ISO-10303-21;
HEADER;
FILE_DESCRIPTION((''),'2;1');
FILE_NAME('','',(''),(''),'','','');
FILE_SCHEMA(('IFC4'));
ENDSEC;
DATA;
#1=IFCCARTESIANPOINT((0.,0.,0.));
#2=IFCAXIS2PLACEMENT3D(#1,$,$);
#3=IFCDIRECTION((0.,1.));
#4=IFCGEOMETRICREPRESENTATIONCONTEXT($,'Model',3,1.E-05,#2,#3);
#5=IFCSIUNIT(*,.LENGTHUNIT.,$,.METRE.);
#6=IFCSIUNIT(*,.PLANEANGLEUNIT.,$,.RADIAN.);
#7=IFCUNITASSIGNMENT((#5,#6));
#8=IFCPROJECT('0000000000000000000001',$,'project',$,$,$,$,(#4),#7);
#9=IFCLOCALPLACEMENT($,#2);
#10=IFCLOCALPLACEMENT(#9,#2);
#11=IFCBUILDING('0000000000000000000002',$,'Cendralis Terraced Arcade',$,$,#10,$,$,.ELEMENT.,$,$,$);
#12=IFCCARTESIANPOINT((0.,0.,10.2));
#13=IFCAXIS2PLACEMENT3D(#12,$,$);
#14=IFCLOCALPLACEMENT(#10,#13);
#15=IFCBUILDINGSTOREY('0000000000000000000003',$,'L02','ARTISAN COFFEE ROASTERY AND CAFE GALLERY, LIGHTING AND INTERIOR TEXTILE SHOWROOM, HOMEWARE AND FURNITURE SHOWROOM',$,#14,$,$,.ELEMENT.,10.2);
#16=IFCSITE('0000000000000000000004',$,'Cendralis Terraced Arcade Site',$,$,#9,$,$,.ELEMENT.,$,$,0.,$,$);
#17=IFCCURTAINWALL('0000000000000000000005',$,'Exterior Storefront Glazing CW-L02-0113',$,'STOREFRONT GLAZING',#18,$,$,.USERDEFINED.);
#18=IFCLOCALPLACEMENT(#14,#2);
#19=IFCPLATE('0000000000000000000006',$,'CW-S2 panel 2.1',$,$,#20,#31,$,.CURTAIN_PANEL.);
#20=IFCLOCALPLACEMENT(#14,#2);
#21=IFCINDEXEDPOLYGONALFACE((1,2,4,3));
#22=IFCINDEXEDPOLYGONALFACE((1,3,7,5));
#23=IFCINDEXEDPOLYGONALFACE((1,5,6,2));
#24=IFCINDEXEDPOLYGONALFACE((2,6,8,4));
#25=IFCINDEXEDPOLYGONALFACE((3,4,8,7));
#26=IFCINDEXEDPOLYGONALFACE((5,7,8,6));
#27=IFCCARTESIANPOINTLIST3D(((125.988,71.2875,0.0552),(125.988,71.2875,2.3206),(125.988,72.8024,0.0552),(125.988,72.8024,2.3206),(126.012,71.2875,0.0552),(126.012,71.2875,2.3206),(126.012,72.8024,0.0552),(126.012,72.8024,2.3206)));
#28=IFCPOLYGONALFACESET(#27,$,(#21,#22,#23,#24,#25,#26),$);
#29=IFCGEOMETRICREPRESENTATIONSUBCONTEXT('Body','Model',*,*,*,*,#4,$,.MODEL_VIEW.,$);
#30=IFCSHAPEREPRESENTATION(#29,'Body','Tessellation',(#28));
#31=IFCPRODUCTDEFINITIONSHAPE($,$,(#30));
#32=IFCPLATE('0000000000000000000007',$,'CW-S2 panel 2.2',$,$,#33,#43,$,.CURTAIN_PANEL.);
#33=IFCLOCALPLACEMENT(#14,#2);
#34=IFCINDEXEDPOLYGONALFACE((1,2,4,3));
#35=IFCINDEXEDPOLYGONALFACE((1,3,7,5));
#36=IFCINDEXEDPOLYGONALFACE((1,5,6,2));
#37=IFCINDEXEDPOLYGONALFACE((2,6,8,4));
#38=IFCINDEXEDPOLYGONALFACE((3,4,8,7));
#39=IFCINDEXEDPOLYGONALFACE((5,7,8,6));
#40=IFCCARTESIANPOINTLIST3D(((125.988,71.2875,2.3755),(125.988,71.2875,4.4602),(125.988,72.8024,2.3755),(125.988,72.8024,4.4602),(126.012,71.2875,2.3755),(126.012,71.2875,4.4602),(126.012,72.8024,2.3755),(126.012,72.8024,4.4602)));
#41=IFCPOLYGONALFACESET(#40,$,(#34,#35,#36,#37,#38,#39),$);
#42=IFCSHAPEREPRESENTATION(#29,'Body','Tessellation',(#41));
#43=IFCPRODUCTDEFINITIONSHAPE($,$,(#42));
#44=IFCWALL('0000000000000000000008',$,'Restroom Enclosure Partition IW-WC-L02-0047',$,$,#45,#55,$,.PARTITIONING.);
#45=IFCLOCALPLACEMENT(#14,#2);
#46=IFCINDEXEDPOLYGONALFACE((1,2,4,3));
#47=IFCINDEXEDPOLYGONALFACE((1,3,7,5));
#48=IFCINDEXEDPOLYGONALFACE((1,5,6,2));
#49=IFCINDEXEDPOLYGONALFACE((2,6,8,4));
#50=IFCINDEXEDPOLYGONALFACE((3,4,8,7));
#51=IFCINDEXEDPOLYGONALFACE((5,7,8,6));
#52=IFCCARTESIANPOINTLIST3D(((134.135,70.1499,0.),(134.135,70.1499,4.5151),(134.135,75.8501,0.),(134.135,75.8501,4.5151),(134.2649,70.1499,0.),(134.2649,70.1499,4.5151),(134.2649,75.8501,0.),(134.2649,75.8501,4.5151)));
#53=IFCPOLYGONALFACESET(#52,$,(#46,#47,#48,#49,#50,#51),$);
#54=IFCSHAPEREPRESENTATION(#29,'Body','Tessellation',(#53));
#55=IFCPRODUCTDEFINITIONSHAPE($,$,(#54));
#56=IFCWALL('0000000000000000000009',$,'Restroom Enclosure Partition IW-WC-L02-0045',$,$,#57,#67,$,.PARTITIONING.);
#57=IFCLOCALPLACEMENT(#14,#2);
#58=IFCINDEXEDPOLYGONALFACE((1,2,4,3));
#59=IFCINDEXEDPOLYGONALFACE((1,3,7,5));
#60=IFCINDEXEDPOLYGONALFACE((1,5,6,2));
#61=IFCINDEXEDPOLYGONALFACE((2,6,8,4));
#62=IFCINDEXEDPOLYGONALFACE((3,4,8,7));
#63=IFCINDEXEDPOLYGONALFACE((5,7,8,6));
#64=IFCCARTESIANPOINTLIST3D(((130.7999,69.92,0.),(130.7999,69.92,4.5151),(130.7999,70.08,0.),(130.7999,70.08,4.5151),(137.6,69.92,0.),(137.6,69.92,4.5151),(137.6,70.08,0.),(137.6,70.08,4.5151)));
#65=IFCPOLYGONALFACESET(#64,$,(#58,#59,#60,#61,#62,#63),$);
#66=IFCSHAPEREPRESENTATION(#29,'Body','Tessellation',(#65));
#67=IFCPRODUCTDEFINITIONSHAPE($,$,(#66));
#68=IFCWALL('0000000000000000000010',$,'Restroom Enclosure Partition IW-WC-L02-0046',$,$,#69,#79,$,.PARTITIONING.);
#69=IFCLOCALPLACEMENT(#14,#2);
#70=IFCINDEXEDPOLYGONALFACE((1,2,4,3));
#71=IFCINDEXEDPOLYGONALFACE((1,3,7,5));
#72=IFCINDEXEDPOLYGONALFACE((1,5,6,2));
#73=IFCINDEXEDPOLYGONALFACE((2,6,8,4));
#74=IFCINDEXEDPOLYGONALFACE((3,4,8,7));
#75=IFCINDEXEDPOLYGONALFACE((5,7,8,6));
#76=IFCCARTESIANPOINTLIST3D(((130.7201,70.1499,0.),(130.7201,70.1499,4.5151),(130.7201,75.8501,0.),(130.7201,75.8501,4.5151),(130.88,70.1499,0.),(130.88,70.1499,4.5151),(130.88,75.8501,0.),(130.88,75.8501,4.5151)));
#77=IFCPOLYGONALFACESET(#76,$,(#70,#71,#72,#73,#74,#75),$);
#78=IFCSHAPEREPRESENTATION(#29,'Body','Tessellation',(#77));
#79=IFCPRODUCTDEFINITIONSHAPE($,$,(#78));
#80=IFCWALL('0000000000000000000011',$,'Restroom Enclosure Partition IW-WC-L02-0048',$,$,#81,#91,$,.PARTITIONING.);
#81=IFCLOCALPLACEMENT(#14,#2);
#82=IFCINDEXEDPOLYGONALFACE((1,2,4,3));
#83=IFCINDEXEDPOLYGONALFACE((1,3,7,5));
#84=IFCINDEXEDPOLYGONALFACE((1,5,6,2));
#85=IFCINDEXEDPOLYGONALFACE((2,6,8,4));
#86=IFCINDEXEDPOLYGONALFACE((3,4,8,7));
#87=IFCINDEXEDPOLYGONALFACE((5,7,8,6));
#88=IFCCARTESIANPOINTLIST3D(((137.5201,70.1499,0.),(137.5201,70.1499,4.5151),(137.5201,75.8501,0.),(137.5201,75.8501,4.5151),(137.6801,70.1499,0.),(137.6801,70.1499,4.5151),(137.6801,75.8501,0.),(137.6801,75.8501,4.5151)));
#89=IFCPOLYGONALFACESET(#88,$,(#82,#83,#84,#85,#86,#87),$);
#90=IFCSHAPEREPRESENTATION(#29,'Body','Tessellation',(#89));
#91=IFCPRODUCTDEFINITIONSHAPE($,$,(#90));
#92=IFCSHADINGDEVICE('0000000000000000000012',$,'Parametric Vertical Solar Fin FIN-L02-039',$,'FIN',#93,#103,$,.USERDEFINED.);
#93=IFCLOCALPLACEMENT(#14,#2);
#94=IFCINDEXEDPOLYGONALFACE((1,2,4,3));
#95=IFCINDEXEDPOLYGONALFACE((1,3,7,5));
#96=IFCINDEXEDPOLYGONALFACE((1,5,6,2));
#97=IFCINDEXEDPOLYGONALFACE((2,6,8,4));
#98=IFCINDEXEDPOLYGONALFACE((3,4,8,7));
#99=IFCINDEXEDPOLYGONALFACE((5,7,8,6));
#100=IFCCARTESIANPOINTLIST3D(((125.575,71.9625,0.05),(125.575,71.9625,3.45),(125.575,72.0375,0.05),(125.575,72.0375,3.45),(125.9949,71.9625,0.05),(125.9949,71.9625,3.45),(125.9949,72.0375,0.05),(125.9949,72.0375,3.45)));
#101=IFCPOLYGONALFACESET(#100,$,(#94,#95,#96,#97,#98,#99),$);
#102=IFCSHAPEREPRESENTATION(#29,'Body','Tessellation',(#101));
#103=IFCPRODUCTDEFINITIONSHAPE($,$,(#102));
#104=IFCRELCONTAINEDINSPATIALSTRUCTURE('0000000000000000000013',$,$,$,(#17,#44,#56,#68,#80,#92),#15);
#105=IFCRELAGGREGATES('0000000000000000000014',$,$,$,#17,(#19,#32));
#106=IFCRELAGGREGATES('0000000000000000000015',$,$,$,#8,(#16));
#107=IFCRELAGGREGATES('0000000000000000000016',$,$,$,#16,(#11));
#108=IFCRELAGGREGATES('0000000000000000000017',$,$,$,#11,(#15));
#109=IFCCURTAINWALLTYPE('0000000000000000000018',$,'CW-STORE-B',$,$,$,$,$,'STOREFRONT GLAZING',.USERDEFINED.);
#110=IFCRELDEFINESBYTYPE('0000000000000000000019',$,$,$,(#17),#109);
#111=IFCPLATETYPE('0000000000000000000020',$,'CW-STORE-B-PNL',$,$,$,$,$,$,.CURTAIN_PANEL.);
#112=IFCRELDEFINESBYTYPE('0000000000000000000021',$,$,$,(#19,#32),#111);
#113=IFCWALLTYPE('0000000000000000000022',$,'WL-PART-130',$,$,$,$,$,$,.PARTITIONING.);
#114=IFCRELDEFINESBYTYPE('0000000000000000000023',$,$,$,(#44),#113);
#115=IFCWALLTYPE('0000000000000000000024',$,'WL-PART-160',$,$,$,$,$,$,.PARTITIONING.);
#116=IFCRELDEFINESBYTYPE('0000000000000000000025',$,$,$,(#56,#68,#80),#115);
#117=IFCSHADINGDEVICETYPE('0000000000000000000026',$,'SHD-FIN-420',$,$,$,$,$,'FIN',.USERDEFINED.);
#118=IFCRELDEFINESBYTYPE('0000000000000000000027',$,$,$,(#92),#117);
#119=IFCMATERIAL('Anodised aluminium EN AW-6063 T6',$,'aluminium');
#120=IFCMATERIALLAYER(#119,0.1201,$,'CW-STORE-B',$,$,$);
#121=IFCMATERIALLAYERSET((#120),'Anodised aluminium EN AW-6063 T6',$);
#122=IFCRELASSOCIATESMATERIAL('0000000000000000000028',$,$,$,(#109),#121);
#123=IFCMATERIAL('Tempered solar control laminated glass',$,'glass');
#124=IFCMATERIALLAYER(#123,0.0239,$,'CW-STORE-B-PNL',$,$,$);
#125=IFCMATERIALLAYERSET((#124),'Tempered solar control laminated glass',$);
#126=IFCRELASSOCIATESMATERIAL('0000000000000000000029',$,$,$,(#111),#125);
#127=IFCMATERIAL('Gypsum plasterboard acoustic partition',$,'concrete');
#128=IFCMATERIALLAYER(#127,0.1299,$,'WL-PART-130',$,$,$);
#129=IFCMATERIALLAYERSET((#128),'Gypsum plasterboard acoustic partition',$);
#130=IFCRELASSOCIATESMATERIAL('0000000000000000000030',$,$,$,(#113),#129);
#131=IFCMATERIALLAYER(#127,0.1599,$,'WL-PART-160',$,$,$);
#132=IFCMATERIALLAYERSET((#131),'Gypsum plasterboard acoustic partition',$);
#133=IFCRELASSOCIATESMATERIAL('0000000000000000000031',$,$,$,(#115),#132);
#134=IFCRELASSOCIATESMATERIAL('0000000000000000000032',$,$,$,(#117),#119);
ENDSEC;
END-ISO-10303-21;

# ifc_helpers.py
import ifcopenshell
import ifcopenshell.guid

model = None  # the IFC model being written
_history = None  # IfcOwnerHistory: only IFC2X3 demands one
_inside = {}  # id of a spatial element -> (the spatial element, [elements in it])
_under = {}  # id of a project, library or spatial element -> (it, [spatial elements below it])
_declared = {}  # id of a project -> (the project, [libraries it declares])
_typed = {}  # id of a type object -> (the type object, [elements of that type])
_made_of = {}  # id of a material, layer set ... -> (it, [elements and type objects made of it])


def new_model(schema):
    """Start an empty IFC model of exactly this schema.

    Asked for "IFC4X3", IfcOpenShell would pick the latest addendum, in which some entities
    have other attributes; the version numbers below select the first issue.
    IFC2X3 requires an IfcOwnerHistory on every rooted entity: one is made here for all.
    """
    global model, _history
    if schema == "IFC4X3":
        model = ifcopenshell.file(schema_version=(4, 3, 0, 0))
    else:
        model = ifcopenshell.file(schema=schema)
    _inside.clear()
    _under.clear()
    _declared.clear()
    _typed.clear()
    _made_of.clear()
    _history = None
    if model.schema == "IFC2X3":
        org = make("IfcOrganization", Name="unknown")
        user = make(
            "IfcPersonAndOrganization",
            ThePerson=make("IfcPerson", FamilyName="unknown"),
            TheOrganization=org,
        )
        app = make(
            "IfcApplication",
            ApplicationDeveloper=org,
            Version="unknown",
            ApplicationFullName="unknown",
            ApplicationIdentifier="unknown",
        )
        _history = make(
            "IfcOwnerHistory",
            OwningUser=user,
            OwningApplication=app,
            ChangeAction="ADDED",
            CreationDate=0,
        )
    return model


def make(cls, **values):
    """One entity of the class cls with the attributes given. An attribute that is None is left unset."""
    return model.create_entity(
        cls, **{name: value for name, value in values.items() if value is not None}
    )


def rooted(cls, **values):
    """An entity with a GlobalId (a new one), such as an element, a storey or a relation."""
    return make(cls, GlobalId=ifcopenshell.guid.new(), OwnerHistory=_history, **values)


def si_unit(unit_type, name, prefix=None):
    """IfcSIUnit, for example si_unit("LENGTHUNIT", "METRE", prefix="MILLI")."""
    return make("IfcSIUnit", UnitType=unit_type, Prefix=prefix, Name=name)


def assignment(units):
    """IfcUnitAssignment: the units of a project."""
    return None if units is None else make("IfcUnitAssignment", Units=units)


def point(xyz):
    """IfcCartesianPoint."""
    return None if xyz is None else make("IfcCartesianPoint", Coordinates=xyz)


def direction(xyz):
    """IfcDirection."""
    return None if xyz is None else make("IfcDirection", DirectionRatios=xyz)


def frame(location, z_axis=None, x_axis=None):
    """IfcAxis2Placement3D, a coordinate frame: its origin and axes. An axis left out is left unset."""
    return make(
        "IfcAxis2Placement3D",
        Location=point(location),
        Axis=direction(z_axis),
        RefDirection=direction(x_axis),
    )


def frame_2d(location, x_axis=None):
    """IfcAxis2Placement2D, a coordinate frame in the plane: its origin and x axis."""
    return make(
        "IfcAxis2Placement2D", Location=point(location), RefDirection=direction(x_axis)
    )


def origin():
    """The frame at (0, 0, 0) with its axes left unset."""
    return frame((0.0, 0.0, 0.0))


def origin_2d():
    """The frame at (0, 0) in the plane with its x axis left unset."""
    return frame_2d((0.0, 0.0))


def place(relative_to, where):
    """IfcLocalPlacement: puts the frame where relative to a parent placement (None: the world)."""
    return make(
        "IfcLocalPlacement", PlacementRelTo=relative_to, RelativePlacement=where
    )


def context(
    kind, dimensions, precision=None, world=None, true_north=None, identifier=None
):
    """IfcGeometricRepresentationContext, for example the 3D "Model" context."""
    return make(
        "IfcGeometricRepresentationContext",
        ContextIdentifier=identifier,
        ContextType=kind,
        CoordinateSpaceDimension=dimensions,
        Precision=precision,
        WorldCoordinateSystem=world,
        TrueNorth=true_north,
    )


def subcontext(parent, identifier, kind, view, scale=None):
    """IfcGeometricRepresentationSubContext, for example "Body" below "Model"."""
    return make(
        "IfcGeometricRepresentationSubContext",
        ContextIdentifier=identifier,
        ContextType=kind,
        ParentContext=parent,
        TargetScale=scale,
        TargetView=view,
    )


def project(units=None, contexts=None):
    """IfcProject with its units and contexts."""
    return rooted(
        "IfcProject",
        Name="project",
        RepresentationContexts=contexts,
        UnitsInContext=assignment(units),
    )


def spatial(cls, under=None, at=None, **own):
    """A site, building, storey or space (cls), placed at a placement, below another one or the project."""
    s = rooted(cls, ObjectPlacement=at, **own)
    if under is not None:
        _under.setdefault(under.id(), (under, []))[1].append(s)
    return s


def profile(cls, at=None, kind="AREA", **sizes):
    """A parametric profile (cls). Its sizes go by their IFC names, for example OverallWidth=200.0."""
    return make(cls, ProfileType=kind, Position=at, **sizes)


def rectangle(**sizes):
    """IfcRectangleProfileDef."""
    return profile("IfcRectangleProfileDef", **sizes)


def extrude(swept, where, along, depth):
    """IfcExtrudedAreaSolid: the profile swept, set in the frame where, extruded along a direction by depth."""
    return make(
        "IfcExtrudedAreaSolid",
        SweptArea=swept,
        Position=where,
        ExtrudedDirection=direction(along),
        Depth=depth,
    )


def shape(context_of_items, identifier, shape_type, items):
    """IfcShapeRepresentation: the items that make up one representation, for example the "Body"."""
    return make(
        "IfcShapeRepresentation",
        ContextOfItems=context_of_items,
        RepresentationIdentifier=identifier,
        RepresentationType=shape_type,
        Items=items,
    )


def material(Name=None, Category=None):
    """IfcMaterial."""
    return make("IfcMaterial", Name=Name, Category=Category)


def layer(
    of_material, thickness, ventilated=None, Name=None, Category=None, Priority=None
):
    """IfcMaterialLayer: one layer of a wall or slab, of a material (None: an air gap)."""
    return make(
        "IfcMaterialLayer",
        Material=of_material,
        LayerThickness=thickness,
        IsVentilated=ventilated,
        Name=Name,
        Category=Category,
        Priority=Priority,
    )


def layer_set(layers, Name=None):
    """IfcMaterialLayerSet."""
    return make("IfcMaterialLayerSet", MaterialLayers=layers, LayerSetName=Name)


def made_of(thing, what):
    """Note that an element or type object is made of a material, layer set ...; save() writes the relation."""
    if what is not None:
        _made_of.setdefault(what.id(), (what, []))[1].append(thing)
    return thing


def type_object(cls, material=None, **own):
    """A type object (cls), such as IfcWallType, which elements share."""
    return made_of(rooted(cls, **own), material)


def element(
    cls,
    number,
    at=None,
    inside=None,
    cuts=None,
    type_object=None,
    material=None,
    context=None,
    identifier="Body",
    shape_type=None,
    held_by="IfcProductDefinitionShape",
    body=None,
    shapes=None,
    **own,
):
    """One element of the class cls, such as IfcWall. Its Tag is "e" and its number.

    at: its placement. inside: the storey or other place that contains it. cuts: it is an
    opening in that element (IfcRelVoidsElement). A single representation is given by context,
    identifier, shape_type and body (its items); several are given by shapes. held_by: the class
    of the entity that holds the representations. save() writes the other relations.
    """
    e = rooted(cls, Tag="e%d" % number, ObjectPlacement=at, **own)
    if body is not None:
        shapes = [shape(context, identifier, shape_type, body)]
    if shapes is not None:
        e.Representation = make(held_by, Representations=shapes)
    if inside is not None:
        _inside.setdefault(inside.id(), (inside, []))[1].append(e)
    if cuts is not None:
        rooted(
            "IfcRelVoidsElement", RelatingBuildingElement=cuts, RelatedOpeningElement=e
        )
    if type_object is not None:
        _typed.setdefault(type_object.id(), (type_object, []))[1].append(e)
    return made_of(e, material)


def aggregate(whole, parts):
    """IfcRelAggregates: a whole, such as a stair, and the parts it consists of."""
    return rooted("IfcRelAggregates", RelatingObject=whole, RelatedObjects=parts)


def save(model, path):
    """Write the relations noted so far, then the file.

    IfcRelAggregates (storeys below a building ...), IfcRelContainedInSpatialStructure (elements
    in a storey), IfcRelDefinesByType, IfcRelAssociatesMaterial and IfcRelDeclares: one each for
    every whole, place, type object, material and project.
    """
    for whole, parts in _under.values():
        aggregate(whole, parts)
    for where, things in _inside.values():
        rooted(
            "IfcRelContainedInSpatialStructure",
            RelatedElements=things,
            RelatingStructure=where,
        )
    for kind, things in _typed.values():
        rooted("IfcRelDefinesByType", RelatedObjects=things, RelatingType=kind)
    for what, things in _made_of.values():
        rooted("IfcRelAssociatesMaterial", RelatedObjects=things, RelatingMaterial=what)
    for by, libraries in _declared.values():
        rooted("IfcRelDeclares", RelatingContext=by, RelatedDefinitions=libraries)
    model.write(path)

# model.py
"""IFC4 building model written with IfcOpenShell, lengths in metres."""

from ifc_helpers import new_model, si_unit, direction, frame, frame_2d, origin, origin_2d, place, context, subcontext, project, spatial, rectangle, extrude, material, layer, layer_set, type_object, element, aggregate, save


model = new_model("IFC4")

# Units and contexts
model_context = context("Model", 3, precision=1e-05, world=origin(), true_north=direction((0.0, 1.0)))
body_context = subcontext(model_context, "Body", "Model", "MODEL_VIEW")
ifc_project = project(units=[si_unit("LENGTHUNIT", "METRE"), si_unit("PLANEANGLEUNIT", "RADIAN")], contexts=[model_context])

# Site, building, storey
site_placement = place(None, origin())
site = spatial("IfcSite", under=ifc_project, at=site_placement, Name="Cendralis Terraced Arcade Site", CompositionType="ELEMENT", RefElevation=0.0)
building_placement = place(site_placement, origin())
building = spatial("IfcBuilding", under=site, at=building_placement, Name="Cendralis Terraced Arcade", CompositionType="ELEMENT")
storey_placement = place(building_placement, frame((0.0, 0.0, 10.2)))
storey = spatial("IfcBuildingStorey", under=building, at=storey_placement, Name="L02", Description="ARTISAN COFFEE ROASTERY AND CAFE GALLERY, LIGHTING AND INTERIOR TEXTILE SHOWROOM, HOMEWARE AND FURNITURE SHOWROOM", CompositionType="ELEMENT", Elevation=10.2)

# Curtain wall, plates
ifc_material_1 = material(Name="Anodised aluminium EN AW-6063 T6", Category="aluminium")
ifc_layer_1 = layer(ifc_material_1, 0.1201, Name="CW-STORE-B")
ifc_layer_set_1 = layer_set([ifc_layer_1], Name="Anodised aluminium EN AW-6063 T6")
curtain_wall_type = type_object("IfcCurtainWallType", Name="CW-STORE-B", ElementType="STOREFRONT GLAZING", PredefinedType="USERDEFINED", material=ifc_layer_set_1)
curtain_wall_placement = place(storey_placement, origin())
curtain_wall = element("IfcCurtainWall", 1, at=curtain_wall_placement, inside=storey, type_object=curtain_wall_type, Name="Exterior Storefront Glazing CW-L02-0113", ObjectType="STOREFRONT GLAZING", PredefinedType="USERDEFINED")
ifc_material_2 = material(Name="Tempered solar control laminated glass", Category="glass")
ifc_layer_2 = layer(ifc_material_2, 0.0239, Name="CW-STORE-B-PNL")
ifc_layer_set_2 = layer_set([ifc_layer_2], Name="Tempered solar control laminated glass")
plate_type = type_object("IfcPlateType", Name="CW-STORE-B-PNL", PredefinedType="CURTAIN_PANEL", material=ifc_layer_set_2)
plate_1_placement = place(storey_placement, frame((126.0, 72.0449, 0.0552), z_axis=(0.0, 0.0, 1.0), x_axis=(0.0, 1.0, 0.0)))
plate_1 = element("IfcPlate", 2, at=plate_1_placement, type_object=plate_type, Name="CW-S2 panel 2.1", PredefinedType="CURTAIN_PANEL", context=body_context, shape_type="SweptSolid", body=[
    extrude(rectangle(XDim=1.5149, YDim=0.0239, at=origin_2d()), origin(), (0.0, 0.0, 1.0), 2.2654),
])
plate_2_placement = place(storey_placement, frame((126.0, 72.0449, 2.3755), z_axis=(0.0, 0.0, 1.0), x_axis=(0.0, 1.0, 0.0)))
plate_2 = element("IfcPlate", 3, at=plate_2_placement, type_object=plate_type, Name="CW-S2 panel 2.2", PredefinedType="CURTAIN_PANEL", context=body_context, shape_type="SweptSolid", body=[
    extrude(rectangle(XDim=1.5149, YDim=0.0239, at=origin_2d()), origin(), (0.0, 0.0, 1.0), 2.0847),
])
aggregate(curtain_wall, [plate_1, plate_2])

# Walls
ifc_material_3 = material(Name="Gypsum plasterboard acoustic partition", Category="concrete")
ifc_layer_3 = layer(ifc_material_3, 0.1299, Name="WL-PART-130")
ifc_layer_set_3 = layer_set([ifc_layer_3], Name="Gypsum plasterboard acoustic partition")
wall_type_1 = type_object("IfcWallType", Name="WL-PART-130", PredefinedType="PARTITIONING", material=ifc_layer_set_3)
wall_1_placement = place(storey_placement, frame((134.2, 70.1499, 0.0), z_axis=(0.0, 0.0, 1.0), x_axis=(0.0, 1.0, 0.0)))
element("IfcWall", 4, at=wall_1_placement, inside=storey, type_object=wall_type_1, Name="Restroom Enclosure Partition IW-WC-L02-0047", PredefinedType="PARTITIONING", context=body_context, shape_type="SweptSolid", body=[
    extrude(rectangle(XDim=5.7002, YDim=0.1299, at=frame_2d((2.8501, 0.0))), origin(), (0.0, 0.0, 1.0), 4.5151),
])
ifc_layer_4 = layer(ifc_material_3, 0.1599, Name="WL-PART-160")
ifc_layer_set_4 = layer_set([ifc_layer_4], Name="Gypsum plasterboard acoustic partition")
wall_type_2 = type_object("IfcWallType", Name="WL-PART-160", PredefinedType="PARTITIONING", material=ifc_layer_set_4)
wall_2_placement = place(storey_placement, frame((130.8, 70.0, 0.0), z_axis=(0.0, 0.0, 1.0), x_axis=(1.0, 0.0, 0.0)))
element("IfcWall", 5, at=wall_2_placement, inside=storey, type_object=wall_type_2, Name="Restroom Enclosure Partition IW-WC-L02-0045", PredefinedType="PARTITIONING", context=body_context, shape_type="SweptSolid", body=[
    extrude(rectangle(XDim=6.8, YDim=0.1599, at=frame_2d((3.3999, 0.0))), origin(), (0.0, 0.0, 1.0), 4.5151),
])
for number, where, z_axis, x_axis, name in (
    (6, (130.8, 70.1499, 0.0), (0.0, 0.0, 1.0), (0.0, 1.0, 0.0), "Restroom Enclosure Partition IW-WC-L02-0046"),
    (7, (137.6001, 70.1499, 0.0), (0.0, 0.0, 1.0), (0.0, 1.0, 0.0), "Restroom Enclosure Partition IW-WC-L02-0048"),
):
    element("IfcWall", number, at=place(storey_placement, frame(where, z_axis=z_axis, x_axis=x_axis)), inside=storey, type_object=wall_type_2, Name=name, PredefinedType="PARTITIONING", context=body_context, shape_type="SweptSolid", body=[
        extrude(rectangle(XDim=5.7002, YDim=0.1599, at=frame_2d((2.8501, 0.0))), origin(), (0.0, 0.0, 1.0), 4.5151),
    ])

# Shading device
shading_device_type = type_object("IfcShadingDeviceType", Name="SHD-FIN-420", ElementType="FIN", PredefinedType="USERDEFINED", material=ifc_material_1)
shading_device_placement = place(storey_placement, frame((125.7849, 72.0, 0.05), z_axis=(0.0, 0.0, 1.0), x_axis=(0.0, 1.0, 0.0)))
element("IfcShadingDevice", 8, at=shading_device_placement, inside=storey, type_object=shading_device_type, Name="Parametric Vertical Solar Fin FIN-L02-039", ObjectType="FIN", PredefinedType="USERDEFINED", context=body_context, shape_type="SweptSolid", body=[
    extrude(rectangle(XDim=0.075, YDim=0.4199, at=origin_2d()), origin(), (0.0, 0.0, 1.0), 3.3999),
])

save(model, "model.ifc")
